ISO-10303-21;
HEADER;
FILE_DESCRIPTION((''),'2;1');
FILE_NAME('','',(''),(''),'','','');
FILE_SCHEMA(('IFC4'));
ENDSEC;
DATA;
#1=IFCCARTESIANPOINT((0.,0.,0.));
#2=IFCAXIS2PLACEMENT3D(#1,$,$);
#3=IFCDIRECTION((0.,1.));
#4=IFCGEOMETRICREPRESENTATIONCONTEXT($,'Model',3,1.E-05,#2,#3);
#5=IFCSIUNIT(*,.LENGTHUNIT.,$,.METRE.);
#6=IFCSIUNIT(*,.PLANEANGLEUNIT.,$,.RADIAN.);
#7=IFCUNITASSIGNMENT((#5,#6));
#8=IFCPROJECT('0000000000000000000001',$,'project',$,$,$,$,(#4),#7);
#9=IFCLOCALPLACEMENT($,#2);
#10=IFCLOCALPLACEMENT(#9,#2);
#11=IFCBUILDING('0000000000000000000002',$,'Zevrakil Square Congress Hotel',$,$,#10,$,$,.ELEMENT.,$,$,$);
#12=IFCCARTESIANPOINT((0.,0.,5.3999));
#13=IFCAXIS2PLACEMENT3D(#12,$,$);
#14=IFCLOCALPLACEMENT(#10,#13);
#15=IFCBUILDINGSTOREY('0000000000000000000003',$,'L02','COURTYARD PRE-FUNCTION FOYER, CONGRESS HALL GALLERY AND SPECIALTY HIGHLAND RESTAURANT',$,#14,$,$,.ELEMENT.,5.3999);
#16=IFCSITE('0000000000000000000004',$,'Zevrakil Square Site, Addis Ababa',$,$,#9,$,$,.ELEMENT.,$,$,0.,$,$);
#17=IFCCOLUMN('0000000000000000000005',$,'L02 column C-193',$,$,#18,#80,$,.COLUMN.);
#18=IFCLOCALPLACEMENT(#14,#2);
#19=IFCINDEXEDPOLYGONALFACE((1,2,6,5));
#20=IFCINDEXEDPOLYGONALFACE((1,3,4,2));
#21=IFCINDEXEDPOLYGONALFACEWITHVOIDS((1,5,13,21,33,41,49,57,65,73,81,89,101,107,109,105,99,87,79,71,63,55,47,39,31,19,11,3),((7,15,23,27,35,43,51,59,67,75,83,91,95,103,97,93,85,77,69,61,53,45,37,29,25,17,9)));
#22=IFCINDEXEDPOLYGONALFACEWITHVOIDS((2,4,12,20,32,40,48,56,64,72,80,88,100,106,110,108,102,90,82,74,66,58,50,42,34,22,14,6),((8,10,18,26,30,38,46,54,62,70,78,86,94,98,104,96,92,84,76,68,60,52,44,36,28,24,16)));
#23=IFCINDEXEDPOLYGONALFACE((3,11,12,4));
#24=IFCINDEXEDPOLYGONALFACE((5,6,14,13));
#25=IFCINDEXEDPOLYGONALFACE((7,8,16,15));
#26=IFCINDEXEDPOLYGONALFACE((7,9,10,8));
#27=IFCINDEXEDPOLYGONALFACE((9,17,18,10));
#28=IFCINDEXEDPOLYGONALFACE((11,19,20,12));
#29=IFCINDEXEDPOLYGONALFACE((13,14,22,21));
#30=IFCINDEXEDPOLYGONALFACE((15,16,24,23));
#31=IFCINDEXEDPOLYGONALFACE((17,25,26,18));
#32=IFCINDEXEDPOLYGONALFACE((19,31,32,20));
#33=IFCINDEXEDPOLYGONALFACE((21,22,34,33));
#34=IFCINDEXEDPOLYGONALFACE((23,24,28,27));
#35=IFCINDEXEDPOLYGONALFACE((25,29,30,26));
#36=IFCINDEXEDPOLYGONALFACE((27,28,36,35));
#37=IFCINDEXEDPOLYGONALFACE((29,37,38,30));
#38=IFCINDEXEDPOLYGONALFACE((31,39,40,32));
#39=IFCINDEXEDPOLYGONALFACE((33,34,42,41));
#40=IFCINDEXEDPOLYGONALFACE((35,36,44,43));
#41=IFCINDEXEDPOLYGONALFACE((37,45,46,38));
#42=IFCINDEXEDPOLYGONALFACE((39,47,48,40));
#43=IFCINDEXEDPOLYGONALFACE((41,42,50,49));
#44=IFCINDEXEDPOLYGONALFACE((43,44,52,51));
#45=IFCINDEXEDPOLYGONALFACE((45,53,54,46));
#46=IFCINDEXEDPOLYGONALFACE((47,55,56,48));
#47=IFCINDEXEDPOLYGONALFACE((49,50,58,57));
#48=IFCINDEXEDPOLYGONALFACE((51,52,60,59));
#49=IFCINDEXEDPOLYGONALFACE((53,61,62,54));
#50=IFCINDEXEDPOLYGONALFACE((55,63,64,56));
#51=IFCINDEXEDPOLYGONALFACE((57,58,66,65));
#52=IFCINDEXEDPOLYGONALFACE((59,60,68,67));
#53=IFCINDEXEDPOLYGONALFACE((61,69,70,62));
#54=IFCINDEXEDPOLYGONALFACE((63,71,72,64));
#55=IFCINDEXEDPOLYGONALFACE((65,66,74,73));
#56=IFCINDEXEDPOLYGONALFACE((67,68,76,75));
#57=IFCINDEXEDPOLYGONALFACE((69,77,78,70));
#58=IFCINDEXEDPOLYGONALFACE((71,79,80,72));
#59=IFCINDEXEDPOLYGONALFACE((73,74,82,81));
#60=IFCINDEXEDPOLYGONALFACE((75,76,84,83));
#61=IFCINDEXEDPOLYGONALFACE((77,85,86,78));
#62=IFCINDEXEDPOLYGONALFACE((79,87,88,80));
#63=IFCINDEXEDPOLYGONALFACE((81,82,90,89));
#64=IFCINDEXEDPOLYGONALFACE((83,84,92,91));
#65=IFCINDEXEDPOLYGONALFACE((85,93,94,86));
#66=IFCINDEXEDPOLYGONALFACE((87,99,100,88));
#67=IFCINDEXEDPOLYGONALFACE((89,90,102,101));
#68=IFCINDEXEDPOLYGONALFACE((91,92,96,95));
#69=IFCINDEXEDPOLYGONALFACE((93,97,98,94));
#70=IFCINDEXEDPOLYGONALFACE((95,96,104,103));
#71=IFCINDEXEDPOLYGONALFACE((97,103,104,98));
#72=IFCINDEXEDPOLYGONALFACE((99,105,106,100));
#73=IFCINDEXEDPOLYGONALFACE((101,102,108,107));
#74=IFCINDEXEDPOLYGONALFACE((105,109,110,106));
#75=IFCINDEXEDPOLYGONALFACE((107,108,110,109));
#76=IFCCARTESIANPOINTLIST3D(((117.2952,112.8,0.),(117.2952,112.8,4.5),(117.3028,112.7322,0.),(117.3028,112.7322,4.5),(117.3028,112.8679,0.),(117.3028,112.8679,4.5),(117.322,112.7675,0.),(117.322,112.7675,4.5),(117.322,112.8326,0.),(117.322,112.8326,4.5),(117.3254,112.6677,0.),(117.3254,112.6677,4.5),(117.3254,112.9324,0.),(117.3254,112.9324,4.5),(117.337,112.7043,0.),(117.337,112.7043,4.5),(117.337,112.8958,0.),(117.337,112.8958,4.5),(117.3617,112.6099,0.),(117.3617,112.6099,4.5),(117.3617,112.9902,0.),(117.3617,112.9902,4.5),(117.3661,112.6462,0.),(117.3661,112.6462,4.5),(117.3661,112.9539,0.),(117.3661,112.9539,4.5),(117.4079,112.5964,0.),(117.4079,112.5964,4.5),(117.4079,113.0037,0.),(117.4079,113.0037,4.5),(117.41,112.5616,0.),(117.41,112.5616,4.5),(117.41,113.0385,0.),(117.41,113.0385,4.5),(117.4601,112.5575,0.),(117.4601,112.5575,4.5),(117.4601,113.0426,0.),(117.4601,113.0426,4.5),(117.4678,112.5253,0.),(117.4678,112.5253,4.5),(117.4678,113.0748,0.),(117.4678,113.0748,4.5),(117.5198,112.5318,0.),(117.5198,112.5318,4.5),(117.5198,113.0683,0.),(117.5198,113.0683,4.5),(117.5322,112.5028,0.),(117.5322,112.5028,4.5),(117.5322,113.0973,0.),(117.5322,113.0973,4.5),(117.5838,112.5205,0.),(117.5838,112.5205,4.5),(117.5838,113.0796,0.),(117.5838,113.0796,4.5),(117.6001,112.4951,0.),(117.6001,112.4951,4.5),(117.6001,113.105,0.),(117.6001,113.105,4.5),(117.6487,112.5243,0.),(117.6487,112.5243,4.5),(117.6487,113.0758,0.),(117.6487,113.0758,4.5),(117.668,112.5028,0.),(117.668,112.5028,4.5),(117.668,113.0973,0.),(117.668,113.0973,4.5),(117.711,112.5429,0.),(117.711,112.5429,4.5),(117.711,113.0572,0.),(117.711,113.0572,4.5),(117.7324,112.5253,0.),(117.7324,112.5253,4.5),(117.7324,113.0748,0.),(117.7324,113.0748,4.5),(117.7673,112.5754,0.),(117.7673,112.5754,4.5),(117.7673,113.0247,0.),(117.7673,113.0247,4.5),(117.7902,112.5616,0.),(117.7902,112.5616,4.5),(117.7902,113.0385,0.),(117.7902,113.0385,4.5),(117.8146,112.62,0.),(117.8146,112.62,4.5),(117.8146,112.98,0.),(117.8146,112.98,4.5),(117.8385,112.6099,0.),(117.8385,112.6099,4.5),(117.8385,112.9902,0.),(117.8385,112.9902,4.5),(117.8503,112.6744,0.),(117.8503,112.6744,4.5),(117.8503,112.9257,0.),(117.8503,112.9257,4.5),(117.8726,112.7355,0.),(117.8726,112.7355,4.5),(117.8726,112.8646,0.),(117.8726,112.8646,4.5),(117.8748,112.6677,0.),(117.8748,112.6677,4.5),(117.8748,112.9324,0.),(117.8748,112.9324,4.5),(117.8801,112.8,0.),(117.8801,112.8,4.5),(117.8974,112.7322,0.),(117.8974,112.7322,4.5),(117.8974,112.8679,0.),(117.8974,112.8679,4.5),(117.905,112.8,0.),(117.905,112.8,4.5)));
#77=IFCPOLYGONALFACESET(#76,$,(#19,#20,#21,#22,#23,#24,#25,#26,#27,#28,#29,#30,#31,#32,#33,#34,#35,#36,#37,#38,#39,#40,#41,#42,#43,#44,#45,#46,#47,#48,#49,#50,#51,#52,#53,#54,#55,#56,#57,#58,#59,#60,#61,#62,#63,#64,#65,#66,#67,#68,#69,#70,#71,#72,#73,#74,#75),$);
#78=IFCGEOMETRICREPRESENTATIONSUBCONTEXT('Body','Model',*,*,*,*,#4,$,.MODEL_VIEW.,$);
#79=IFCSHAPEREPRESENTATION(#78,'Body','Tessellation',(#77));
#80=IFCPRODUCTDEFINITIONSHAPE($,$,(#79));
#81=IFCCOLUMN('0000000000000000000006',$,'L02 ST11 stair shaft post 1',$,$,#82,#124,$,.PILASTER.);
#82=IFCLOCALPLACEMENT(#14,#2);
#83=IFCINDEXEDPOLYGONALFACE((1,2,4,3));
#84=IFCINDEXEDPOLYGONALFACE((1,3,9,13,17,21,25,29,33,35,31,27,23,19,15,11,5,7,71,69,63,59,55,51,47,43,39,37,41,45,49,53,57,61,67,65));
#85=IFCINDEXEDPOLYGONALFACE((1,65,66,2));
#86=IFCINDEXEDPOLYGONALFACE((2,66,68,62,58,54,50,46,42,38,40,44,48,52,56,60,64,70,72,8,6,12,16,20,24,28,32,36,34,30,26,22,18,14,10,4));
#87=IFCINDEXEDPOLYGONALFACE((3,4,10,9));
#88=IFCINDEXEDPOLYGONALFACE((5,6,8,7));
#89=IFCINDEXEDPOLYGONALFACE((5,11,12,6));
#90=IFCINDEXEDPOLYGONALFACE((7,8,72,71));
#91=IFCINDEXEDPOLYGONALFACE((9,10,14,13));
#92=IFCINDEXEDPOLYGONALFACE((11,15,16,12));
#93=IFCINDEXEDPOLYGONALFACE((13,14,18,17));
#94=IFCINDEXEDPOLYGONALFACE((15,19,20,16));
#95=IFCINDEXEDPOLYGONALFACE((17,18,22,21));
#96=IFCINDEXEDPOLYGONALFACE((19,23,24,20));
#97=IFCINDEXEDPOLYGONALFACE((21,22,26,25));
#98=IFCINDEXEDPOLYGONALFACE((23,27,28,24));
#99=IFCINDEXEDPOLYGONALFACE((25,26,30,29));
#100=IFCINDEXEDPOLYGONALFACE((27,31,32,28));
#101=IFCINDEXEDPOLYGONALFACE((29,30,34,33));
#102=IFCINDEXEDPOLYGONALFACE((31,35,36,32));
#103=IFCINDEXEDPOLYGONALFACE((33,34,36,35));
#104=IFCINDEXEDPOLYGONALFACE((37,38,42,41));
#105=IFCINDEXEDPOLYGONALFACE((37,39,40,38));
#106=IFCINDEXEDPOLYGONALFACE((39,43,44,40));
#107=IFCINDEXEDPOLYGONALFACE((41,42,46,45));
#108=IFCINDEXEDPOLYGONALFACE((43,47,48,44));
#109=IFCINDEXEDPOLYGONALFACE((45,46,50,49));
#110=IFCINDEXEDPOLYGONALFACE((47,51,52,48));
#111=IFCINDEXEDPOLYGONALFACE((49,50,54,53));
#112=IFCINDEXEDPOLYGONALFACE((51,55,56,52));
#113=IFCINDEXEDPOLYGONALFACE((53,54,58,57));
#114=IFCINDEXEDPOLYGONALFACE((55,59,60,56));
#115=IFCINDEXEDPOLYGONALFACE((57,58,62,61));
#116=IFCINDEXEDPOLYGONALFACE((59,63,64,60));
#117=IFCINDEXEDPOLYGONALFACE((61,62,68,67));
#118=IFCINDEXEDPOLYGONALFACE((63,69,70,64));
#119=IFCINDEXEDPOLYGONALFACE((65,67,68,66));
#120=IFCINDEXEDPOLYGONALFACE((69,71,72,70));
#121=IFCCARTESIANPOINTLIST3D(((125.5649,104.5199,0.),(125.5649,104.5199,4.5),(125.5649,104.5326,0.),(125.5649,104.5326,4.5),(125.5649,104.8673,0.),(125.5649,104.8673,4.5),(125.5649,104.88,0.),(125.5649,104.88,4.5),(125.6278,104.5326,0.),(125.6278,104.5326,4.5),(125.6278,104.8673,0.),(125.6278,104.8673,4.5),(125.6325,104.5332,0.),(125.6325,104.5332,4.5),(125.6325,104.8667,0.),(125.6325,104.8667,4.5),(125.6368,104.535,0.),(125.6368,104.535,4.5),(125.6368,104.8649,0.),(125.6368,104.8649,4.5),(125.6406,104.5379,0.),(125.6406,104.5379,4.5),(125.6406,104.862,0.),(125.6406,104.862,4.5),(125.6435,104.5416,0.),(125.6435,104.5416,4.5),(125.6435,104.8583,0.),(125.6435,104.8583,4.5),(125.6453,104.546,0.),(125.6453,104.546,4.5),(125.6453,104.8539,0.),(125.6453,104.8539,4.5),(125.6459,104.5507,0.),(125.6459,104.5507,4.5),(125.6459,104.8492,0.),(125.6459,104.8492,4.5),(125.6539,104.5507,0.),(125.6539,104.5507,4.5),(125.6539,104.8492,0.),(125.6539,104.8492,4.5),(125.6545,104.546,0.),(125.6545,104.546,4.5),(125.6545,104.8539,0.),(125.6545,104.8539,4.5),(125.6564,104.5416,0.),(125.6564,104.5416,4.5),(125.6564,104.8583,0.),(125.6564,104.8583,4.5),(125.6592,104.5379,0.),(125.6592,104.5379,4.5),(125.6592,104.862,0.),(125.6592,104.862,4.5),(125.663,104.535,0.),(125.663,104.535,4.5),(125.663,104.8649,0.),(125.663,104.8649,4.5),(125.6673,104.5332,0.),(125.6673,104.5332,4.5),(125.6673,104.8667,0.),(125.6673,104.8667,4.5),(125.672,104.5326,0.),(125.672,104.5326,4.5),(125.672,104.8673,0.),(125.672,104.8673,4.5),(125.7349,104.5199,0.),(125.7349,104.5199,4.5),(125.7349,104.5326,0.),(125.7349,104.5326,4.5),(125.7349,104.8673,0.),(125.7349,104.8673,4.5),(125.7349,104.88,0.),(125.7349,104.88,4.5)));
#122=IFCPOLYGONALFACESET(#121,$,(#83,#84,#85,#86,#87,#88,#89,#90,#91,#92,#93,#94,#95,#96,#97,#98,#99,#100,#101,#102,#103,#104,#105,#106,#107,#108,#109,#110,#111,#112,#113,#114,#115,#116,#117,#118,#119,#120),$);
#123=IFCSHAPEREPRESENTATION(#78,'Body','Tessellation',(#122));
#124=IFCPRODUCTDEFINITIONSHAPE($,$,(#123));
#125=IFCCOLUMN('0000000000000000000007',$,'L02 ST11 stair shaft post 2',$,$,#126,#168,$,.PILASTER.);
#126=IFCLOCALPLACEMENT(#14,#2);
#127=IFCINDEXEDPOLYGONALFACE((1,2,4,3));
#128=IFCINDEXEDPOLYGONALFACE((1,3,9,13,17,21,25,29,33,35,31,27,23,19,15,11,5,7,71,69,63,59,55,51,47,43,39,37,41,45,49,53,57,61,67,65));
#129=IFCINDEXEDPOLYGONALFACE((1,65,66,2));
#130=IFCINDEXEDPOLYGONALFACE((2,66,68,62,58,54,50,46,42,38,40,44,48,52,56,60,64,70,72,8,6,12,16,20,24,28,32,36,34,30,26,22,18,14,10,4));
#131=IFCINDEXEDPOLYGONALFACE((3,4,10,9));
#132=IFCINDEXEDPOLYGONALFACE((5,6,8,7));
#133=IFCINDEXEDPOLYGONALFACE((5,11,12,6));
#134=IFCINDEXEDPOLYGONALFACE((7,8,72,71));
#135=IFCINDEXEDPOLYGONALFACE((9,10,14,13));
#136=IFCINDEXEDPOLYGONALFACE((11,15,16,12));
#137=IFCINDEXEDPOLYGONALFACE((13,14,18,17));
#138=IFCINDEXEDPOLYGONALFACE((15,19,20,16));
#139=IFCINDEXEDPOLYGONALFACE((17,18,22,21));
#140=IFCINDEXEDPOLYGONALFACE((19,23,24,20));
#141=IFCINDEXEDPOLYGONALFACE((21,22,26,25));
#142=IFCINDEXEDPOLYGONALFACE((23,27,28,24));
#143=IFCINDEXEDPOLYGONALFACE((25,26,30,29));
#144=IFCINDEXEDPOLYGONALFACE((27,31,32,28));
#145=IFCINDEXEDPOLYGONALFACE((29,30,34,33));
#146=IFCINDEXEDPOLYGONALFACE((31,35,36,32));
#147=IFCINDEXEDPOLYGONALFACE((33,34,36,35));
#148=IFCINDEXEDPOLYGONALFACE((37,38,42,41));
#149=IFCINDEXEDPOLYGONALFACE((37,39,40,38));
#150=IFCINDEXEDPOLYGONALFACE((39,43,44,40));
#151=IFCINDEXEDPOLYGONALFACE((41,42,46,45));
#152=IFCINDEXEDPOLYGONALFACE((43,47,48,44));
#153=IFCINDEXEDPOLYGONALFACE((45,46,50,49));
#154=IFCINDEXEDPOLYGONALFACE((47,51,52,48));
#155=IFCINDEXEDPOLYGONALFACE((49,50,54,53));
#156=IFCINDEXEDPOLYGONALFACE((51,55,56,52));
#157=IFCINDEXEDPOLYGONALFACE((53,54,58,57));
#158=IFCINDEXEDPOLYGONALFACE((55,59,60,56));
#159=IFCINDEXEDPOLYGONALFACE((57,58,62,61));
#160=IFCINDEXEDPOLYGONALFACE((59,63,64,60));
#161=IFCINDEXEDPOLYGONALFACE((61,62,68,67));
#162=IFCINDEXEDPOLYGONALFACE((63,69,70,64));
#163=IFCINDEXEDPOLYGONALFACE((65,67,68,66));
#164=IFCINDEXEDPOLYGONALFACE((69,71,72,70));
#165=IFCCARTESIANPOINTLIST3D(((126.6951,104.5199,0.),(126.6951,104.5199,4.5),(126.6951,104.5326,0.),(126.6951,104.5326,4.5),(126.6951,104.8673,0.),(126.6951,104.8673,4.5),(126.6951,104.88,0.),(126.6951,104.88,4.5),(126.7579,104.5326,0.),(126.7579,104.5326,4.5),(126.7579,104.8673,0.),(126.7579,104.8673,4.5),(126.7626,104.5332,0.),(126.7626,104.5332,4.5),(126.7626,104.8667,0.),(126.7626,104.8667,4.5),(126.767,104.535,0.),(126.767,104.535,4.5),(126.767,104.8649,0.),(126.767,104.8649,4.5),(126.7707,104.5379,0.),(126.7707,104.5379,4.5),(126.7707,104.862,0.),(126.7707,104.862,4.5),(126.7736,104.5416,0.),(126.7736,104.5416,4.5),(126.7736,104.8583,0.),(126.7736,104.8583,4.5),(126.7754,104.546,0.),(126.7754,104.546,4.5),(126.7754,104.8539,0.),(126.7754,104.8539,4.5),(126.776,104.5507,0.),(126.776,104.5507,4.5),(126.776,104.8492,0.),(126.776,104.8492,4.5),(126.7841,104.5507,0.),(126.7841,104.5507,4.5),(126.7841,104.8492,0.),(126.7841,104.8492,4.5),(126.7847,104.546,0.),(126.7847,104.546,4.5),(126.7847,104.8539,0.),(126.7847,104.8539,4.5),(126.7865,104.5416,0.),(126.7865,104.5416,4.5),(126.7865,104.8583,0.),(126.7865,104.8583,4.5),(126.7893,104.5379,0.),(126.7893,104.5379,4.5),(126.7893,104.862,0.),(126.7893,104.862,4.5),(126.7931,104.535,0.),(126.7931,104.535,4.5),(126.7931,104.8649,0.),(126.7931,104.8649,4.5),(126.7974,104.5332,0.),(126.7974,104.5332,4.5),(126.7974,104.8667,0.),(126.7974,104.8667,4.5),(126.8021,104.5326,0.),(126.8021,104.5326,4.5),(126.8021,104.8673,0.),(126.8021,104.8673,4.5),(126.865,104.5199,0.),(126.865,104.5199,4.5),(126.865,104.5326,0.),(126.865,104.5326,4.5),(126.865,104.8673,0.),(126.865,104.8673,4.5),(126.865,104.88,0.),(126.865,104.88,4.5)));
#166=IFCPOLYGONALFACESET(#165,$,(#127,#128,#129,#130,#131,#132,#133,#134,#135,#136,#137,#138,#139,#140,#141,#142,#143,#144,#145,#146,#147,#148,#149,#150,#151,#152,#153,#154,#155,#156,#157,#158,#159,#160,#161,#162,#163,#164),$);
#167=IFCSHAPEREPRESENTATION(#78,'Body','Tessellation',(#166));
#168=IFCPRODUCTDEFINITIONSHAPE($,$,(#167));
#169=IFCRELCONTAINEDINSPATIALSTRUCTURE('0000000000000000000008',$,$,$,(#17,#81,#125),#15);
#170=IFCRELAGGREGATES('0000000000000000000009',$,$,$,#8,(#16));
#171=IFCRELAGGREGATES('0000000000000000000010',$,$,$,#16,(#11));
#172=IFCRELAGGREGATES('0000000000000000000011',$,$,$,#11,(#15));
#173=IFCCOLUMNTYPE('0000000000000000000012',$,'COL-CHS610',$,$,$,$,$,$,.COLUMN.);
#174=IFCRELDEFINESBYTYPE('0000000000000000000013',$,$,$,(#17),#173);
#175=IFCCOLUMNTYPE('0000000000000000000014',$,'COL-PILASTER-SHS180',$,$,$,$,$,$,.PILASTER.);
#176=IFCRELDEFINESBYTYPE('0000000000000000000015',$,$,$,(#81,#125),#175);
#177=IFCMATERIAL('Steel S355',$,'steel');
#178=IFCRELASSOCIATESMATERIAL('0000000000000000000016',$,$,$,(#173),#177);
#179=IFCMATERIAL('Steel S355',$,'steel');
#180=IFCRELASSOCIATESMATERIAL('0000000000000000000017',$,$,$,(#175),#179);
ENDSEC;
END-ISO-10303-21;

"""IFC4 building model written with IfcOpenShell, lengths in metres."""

from ifc_helpers import new_model, si_unit, direction, frame, origin, origin_2d, place, context, subcontext, project, spatial, hollow_circle, i_section, extrude, material, material_profile, profile_set, type_object, element, save


model = new_model("IFC4")

# Units and contexts
model_context = context("Model", 3, precision=1e-05, world=origin(), true_north=direction((0.0, 1.0)))
body_context = subcontext(model_context, "Body", "Model", "MODEL_VIEW")
ifc_project = project(units=[si_unit("LENGTHUNIT", "METRE"), si_unit("PLANEANGLEUNIT", "RADIAN")], contexts=[model_context])

# Site, building, storey
site_placement = place(None, origin())
site = spatial("IfcSite", under=ifc_project, at=site_placement, Name="Zevrakil Square Site, Addis Ababa", CompositionType="ELEMENT", RefElevation=0.0)
building_placement = place(site_placement, origin())
building = spatial("IfcBuilding", under=site, at=building_placement, Name="Zevrakil Square Congress Hotel", CompositionType="ELEMENT")
storey_placement = place(building_placement, frame((0.0, 0.0, 5.3999)))
storey = spatial("IfcBuildingStorey", under=building, at=storey_placement, Name="L02", Description="COURTYARD PRE-FUNCTION FOYER, CONGRESS HALL GALLERY AND SPECIALTY HIGHLAND RESTAURANT", CompositionType="ELEMENT", Elevation=5.3999)

# Columns
ifc_material_1 = material(Name="Steel S355", Category="steel")
ifc_material_profile_1 = material_profile(ifc_material_1, hollow_circle(Radius=0.3049, WallThickness=0.0249, at=origin_2d()), Name="CHS 610x25")
ifc_profile_set_1 = profile_set([ifc_material_profile_1], Name="Steel S355")
column_type_1 = type_object("IfcColumnType", Name="COL-CHS610", PredefinedType="COLUMN", material=ifc_profile_set_1)
column_placement = place(storey_placement, frame((117.6001, 112.8, 0.0), z_axis=(0.0, 0.0, 1.0), x_axis=(1.0, 0.0, 0.0)))
element("IfcColumn", 1, at=column_placement, inside=storey, type_object=column_type_1, Name="L02 column C-193", PredefinedType="COLUMN", context=body_context, shape_type="SweptSolid", body=[
    extrude(hollow_circle(Radius=0.3049, WallThickness=0.0249, at=origin_2d()), origin(), (0.0, 0.0, 1.0), 4.5),
])
ifc_material_2 = material(Name="Steel S355", Category="steel")
ifc_material_profile_2 = material_profile(ifc_material_2, i_section(OverallWidth=0.1699, OverallDepth=0.3601, WebThickness=0.0081, FlangeThickness=0.0127, FilletRadius=0.0181, at=origin_2d()), Name="IPE 360")
ifc_profile_set_2 = profile_set([ifc_material_profile_2], Name="Steel S355")
column_type_2 = type_object("IfcColumnType", Name="COL-PILASTER-SHS180", PredefinedType="PILASTER", material=ifc_profile_set_2)
for number, where, z_axis, x_axis, name in (
    (2, (125.6499, 104.7, 0.0), (0.0, 0.0, 1.0), (1.0, 0.0, 0.0), "L02 ST11 stair shaft post 1"),
    (3, (126.78, 104.7, 0.0), (0.0, 0.0, 1.0), (1.0, 0.0, 0.0), "L02 ST11 stair shaft post 2"),
):
    element("IfcColumn", number, at=place(storey_placement, frame(where, z_axis=z_axis, x_axis=x_axis)), inside=storey, type_object=column_type_2, Name=name, PredefinedType="PILASTER", context=body_context, shape_type="SweptSolid", body=[
        extrude(i_section(OverallWidth=0.1699, OverallDepth=0.3601, WebThickness=0.0081, FlangeThickness=0.0127, FilletRadius=0.0181, at=origin_2d()), origin(), (0.0, 0.0, 1.0), 4.5),
    ])

save(model, "model.ifc")
